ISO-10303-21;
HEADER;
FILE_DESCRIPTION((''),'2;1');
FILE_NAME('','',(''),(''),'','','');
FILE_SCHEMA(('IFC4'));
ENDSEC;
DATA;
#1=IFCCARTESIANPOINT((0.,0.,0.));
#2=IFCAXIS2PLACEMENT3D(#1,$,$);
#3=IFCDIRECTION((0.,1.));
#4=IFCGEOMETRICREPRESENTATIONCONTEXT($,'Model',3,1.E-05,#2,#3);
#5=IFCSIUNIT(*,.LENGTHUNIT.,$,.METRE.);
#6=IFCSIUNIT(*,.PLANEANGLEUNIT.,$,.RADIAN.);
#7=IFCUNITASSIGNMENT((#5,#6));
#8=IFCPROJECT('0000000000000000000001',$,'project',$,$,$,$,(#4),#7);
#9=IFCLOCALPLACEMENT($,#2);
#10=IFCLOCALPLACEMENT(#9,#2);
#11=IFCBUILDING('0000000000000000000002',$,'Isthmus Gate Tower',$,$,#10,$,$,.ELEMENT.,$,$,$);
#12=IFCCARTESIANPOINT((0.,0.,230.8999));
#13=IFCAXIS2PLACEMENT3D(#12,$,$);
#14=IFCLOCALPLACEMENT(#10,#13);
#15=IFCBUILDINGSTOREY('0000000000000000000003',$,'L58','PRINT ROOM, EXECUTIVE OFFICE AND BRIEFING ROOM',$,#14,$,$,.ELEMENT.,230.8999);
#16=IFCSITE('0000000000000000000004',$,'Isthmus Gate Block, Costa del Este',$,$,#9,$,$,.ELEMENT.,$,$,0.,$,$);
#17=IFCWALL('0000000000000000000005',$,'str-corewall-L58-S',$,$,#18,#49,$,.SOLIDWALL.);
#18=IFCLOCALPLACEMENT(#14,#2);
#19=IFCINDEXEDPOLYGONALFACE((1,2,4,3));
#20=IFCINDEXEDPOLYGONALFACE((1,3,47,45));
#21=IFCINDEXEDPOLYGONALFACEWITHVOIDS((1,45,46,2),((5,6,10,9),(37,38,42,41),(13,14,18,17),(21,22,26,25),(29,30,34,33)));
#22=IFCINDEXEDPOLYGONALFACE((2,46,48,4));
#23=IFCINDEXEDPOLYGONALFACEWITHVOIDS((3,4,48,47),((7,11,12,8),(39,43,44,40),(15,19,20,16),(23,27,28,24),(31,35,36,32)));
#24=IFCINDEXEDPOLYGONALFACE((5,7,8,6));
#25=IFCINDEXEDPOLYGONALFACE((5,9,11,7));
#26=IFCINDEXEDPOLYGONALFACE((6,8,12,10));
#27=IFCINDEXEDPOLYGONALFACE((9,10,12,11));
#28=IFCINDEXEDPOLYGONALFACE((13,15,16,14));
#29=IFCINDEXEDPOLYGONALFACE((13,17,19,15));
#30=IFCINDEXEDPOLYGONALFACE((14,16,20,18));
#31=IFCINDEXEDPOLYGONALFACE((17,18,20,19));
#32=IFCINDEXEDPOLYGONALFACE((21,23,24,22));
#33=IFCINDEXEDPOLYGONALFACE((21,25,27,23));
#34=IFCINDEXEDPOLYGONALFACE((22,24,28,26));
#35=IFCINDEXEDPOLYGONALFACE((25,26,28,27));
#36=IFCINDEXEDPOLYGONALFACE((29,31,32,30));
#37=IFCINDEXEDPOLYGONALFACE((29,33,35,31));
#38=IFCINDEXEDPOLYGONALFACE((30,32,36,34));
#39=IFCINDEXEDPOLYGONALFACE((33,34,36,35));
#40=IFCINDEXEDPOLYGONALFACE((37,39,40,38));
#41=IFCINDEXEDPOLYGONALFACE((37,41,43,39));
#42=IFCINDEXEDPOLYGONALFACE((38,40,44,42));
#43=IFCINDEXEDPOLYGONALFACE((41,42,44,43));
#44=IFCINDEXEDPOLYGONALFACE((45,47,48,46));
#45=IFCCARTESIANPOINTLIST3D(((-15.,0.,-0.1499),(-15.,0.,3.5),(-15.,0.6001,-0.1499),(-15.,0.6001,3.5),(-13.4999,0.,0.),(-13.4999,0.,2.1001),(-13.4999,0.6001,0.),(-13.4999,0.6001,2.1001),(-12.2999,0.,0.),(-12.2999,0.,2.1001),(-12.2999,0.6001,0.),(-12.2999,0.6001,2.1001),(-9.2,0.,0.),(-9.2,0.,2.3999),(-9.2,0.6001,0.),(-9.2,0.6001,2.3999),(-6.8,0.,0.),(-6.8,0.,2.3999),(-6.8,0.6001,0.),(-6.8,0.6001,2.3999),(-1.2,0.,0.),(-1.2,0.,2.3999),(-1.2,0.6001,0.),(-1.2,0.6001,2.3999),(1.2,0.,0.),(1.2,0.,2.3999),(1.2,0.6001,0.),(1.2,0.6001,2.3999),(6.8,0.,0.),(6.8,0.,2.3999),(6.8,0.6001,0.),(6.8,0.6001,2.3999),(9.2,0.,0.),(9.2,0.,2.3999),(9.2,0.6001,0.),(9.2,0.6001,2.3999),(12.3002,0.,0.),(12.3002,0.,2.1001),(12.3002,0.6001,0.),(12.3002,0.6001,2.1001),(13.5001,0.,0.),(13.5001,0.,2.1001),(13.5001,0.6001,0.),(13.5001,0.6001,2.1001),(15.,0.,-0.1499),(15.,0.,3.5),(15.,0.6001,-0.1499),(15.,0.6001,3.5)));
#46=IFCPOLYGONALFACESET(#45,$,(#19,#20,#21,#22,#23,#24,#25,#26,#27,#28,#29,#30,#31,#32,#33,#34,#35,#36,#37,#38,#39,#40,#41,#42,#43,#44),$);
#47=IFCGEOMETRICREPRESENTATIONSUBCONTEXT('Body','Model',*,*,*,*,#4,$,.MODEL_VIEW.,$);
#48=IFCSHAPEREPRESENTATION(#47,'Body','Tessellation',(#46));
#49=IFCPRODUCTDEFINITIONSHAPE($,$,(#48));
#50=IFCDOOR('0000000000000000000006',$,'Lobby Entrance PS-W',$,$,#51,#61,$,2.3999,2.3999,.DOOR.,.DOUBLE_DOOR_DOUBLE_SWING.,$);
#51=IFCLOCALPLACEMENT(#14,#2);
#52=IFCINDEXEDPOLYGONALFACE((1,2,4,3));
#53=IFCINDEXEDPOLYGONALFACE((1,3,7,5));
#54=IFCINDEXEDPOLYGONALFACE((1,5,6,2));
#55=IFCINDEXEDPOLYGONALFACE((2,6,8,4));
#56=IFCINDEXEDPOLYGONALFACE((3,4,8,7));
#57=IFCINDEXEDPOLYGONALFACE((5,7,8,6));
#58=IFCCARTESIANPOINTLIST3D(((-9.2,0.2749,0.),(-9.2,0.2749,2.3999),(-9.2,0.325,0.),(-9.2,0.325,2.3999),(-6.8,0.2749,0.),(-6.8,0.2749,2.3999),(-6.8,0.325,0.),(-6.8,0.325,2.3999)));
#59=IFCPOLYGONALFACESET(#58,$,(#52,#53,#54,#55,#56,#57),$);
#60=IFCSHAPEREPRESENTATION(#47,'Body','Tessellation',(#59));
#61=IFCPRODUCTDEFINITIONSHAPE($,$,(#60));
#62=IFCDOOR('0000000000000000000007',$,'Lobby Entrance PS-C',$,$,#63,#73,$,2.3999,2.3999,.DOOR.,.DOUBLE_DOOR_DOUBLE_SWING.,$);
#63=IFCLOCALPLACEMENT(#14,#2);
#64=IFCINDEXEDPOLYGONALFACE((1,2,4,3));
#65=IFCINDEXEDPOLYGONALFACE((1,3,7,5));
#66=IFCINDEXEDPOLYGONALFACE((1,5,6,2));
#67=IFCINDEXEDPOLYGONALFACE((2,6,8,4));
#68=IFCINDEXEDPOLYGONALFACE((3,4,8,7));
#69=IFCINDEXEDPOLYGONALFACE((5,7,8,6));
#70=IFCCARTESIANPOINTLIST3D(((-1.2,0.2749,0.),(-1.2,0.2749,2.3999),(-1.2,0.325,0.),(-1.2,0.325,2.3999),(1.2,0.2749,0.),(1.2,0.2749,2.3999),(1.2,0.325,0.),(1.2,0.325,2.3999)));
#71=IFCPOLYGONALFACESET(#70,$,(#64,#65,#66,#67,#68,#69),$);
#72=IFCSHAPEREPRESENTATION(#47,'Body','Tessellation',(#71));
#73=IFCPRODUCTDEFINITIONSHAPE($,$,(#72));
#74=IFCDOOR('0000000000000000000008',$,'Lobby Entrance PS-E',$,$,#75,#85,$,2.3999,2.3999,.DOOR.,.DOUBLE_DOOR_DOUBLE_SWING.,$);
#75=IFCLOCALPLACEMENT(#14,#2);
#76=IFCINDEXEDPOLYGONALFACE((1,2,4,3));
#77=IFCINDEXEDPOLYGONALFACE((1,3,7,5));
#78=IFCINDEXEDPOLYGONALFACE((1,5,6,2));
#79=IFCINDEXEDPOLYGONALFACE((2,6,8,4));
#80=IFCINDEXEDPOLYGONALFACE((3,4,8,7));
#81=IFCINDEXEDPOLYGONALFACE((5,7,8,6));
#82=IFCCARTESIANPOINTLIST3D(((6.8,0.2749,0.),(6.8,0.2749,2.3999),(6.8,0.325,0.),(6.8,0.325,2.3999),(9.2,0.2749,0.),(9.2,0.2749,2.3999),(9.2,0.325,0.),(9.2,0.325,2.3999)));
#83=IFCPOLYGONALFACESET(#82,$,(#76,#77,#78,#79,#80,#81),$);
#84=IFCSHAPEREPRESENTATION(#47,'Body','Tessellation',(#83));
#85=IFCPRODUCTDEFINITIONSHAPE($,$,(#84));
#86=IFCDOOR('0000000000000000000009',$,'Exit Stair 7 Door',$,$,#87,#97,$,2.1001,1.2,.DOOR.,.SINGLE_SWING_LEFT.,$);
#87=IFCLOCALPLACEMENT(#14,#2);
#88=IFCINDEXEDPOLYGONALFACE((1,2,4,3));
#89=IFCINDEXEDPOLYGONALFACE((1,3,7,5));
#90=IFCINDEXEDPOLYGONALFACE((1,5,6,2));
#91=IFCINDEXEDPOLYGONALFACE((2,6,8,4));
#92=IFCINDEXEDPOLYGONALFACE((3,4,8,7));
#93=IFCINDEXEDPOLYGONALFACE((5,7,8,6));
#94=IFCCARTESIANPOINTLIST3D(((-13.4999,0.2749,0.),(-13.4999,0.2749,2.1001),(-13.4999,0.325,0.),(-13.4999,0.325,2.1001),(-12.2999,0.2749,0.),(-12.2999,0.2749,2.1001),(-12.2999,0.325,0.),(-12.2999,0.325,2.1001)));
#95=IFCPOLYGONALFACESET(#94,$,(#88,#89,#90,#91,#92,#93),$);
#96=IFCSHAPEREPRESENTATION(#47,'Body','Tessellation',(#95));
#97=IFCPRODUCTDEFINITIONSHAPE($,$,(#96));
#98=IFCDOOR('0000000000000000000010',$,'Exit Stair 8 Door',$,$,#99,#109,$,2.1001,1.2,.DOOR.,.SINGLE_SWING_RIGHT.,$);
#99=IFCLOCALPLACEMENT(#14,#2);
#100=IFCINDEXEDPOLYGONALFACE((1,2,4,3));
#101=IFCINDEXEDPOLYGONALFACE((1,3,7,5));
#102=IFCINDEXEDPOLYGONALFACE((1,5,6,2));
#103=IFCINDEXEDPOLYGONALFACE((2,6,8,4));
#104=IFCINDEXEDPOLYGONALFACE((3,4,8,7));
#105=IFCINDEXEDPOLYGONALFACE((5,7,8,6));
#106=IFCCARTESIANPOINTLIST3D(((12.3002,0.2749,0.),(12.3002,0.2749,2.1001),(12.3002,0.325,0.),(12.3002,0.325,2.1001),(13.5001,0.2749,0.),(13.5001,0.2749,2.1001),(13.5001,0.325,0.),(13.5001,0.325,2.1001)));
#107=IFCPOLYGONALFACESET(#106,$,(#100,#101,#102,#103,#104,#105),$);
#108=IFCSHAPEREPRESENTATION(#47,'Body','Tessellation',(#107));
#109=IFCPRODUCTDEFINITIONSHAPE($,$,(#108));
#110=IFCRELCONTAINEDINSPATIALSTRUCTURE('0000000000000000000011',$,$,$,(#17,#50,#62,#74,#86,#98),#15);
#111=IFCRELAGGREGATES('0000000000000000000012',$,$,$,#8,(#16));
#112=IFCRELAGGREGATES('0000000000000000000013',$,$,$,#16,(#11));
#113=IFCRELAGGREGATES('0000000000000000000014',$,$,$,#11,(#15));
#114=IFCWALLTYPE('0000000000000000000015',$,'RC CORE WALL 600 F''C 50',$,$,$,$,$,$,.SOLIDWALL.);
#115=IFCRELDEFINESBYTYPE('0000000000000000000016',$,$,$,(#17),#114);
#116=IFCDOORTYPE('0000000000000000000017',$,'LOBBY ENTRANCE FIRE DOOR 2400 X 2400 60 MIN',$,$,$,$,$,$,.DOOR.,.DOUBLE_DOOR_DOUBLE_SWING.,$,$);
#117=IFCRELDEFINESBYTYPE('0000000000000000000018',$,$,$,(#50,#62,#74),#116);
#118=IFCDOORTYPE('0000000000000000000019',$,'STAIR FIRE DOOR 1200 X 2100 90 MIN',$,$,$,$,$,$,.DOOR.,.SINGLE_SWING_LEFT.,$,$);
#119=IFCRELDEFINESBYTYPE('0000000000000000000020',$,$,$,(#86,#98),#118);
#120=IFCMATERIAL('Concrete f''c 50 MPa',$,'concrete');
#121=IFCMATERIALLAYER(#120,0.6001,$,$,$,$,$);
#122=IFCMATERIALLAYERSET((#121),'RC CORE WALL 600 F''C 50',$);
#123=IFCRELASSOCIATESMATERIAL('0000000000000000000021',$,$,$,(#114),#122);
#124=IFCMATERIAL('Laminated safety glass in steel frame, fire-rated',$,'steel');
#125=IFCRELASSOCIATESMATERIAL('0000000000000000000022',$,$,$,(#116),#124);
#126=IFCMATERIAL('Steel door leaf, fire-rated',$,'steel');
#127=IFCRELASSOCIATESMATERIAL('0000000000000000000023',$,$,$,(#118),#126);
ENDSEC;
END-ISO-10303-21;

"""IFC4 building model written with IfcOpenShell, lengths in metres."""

from ifc_helpers import new_model, si_unit, direction, frame, frame_2d, origin, place, context, subcontext, project, spatial, rectangle, extrude, material, layer, layer_set, type_object, element, fill, save


model = new_model("IFC4")

# Units and contexts
model_context = context("Model", 3, precision=1e-05, world=origin(), true_north=direction((0.0, 1.0)))
body_context = subcontext(model_context, "Body", "Model", "MODEL_VIEW")
ifc_project = project(units=[si_unit("LENGTHUNIT", "METRE"), si_unit("PLANEANGLEUNIT", "RADIAN")], contexts=[model_context])

# Site, building, storey
site_placement = place(None, origin())
site = spatial("IfcSite", under=ifc_project, at=site_placement, Name="Isthmus Gate Block, Costa del Este", CompositionType="ELEMENT", RefElevation=0.0)
building_placement = place(site_placement, origin())
building = spatial("IfcBuilding", under=site, at=building_placement, Name="Isthmus Gate Tower", CompositionType="ELEMENT")
storey_placement = place(building_placement, frame((0.0, 0.0, 230.8999)))
storey = spatial("IfcBuildingStorey", under=building, at=storey_placement, Name="L58", Description="PRINT ROOM, EXECUTIVE OFFICE AND BRIEFING ROOM", CompositionType="ELEMENT", Elevation=230.8999)

# Wall, openings, doors
ifc_material_1 = material(Name="Concrete f'c 50 MPa", Category="concrete")
ifc_layer_1 = layer(ifc_material_1, 0.6001)
ifc_layer_set_1 = layer_set([ifc_layer_1], Name="RC CORE WALL 600 F'C 50")
wall_type_1 = type_object("IfcWallType", Name="RC CORE WALL 600 F'C 50", PredefinedType="SOLIDWALL", material=ifc_layer_set_1)
wall_1_placement = place(storey_placement, frame((-15.0, 0.3, -0.1499), z_axis=(0.0, 0.0, 1.0), x_axis=(1.0, 0.0, 0.0)))
wall_1 = element("IfcWall", 1, at=wall_1_placement, inside=storey, type_object=wall_type_1, Name="str-corewall-L58-S", PredefinedType="SOLIDWALL", context=body_context, shape_type="SweptSolid", body=[
    extrude(rectangle(XDim=30.0, YDim=0.6001, at=frame_2d((15.0, 0.0))), origin(), (0.0, 0.0, 1.0), 3.6499),
])
opening_1_placement = place(wall_1_placement, frame((5.8, 0.0, 0.1499)))
opening_1 = element("IfcOpeningElement", 2, at=opening_1_placement, cuts=wall_1, PredefinedType="OPENING", context=body_context, shape_type="SweptSolid", body=[
    extrude(rectangle(XDim=2.3999, YDim=2.3999, at=frame_2d((1.2, 1.2))), frame((0.0, 0.3101, 0.0), z_axis=(0.0, -1.0, 0.0), x_axis=(1.0, 0.0, 0.0)), (0.0, 0.0, 1.0), 0.6201),
])
opening_2_placement = place(wall_1_placement, frame((13.8, 0.0, 0.1499)))
opening_2 = element("IfcOpeningElement", 3, at=opening_2_placement, cuts=wall_1, PredefinedType="OPENING", context=body_context, shape_type="SweptSolid", body=[
    extrude(rectangle(XDim=2.3999, YDim=2.3999, at=frame_2d((1.2, 1.2))), frame((0.0, 0.3101, 0.0), z_axis=(0.0, -1.0, 0.0), x_axis=(1.0, 0.0, 0.0)), (0.0, 0.0, 1.0), 0.6201),
])
opening_3_placement = place(wall_1_placement, frame((21.8, 0.0, 0.1499)))
opening_3 = element("IfcOpeningElement", 4, at=opening_3_placement, cuts=wall_1, PredefinedType="OPENING", context=body_context, shape_type="SweptSolid", body=[
    extrude(rectangle(XDim=2.3999, YDim=2.3999, at=frame_2d((1.2, 1.2))), frame((0.0, 0.3101, 0.0), z_axis=(0.0, -1.0, 0.0), x_axis=(1.0, 0.0, 0.0)), (0.0, 0.0, 1.0), 0.6201),
])
opening_4_placement = place(wall_1_placement, frame((1.5, 0.0, 0.1499)))
opening_4 = element("IfcOpeningElement", 5, at=opening_4_placement, cuts=wall_1, PredefinedType="OPENING", context=body_context, shape_type="SweptSolid", body=[
    extrude(rectangle(XDim=1.2, YDim=2.1001, at=frame_2d((0.6001, 1.05))), frame((0.0, 0.3101, 0.0), z_axis=(0.0, -1.0, 0.0), x_axis=(1.0, 0.0, 0.0)), (0.0, 0.0, 1.0), 0.6201),
])
opening_5_placement = place(wall_1_placement, frame((27.3, 0.0, 0.1499)))
opening_5 = element("IfcOpeningElement", 6, at=opening_5_placement, cuts=wall_1, PredefinedType="OPENING", context=body_context, shape_type="SweptSolid", body=[
    extrude(rectangle(XDim=1.2, YDim=2.1001, at=frame_2d((0.6001, 1.05))), frame((0.0, 0.3101, 0.0), z_axis=(0.0, -1.0, 0.0), x_axis=(1.0, 0.0, 0.0)), (0.0, 0.0, 1.0), 0.6201),
])
ifc_material_2 = material(Name="Laminated safety glass in steel frame, fire-rated", Category="steel")
door_type_1 = type_object("IfcDoorType", Name="LOBBY ENTRANCE FIRE DOOR 2400 X 2400 60 MIN", OperationType="DOUBLE_DOOR_DOUBLE_SWING", PredefinedType="DOOR", material=ifc_material_2)
door_1_placement = place(opening_1_placement, origin())
door_1 = element("IfcDoor", 7, at=door_1_placement, inside=storey, type_object=door_type_1, Name="Lobby Entrance PS-W", OperationType="DOUBLE_DOOR_DOUBLE_SWING", OverallHeight=2.3999, OverallWidth=2.3999, PredefinedType="DOOR", context=body_context, shape_type="SweptSolid", body=[
    extrude(rectangle(XDim=2.3999, YDim=2.3999, at=frame_2d((1.2, 1.2))), frame((0.0, 0.0249, 0.0), z_axis=(0.0, -1.0, 0.0), x_axis=(1.0, 0.0, 0.0)), (0.0, 0.0, 1.0), 0.05),
])
fill(opening_1, door_1)
door_2_placement = place(opening_2_placement, origin())
door_2 = element("IfcDoor", 8, at=door_2_placement, inside=storey, type_object=door_type_1, Name="Lobby Entrance PS-C", OperationType="DOUBLE_DOOR_DOUBLE_SWING", OverallHeight=2.3999, OverallWidth=2.3999, PredefinedType="DOOR", context=body_context, shape_type="SweptSolid", body=[
    extrude(rectangle(XDim=2.3999, YDim=2.3999, at=frame_2d((1.2, 1.2))), frame((0.0, 0.0249, 0.0), z_axis=(0.0, -1.0, 0.0), x_axis=(1.0, 0.0, 0.0)), (0.0, 0.0, 1.0), 0.05),
])
fill(opening_2, door_2)
door_3_placement = place(opening_3_placement, origin())
door_3 = element("IfcDoor", 9, at=door_3_placement, inside=storey, type_object=door_type_1, Name="Lobby Entrance PS-E", OperationType="DOUBLE_DOOR_DOUBLE_SWING", OverallHeight=2.3999, OverallWidth=2.3999, PredefinedType="DOOR", context=body_context, shape_type="SweptSolid", body=[
    extrude(rectangle(XDim=2.3999, YDim=2.3999, at=frame_2d((1.2, 1.2))), frame((0.0, 0.0249, 0.0), z_axis=(0.0, -1.0, 0.0), x_axis=(1.0, 0.0, 0.0)), (0.0, 0.0, 1.0), 0.05),
])
fill(opening_3, door_3)
ifc_material_3 = material(Name="Steel door leaf, fire-rated", Category="steel")
door_type_2 = type_object("IfcDoorType", Name="STAIR FIRE DOOR 1200 X 2100 90 MIN", OperationType="SINGLE_SWING_LEFT", PredefinedType="DOOR", material=ifc_material_3)
door_4_placement = place(opening_4_placement, origin())
door_4 = element("IfcDoor", 10, at=door_4_placement, inside=storey, type_object=door_type_2, Name="Exit Stair 7 Door", OperationType="SINGLE_SWING_LEFT", OverallHeight=2.1001, OverallWidth=1.2, PredefinedType="DOOR", context=body_context, shape_type="SweptSolid", body=[
    extrude(rectangle(XDim=1.2, YDim=2.1001, at=frame_2d((0.6001, 1.05))), frame((0.0, 0.0249, 0.0), z_axis=(0.0, -1.0, 0.0), x_axis=(1.0, 0.0, 0.0)), (0.0, 0.0, 1.0), 0.05),
])
fill(opening_4, door_4)
door_5_placement = place(opening_5_placement, origin())
door_5 = element("IfcDoor", 11, at=door_5_placement, inside=storey, type_object=door_type_2, Name="Exit Stair 8 Door", OperationType="SINGLE_SWING_RIGHT", OverallHeight=2.1001, OverallWidth=1.2, PredefinedType="DOOR", context=body_context, shape_type="SweptSolid", body=[
    extrude(rectangle(XDim=1.2, YDim=2.1001, at=frame_2d((0.6001, 1.05))), frame((0.0, 0.0249, 0.0), z_axis=(0.0, -1.0, 0.0), x_axis=(1.0, 0.0, 0.0)), (0.0, 0.0, 1.0), 0.05),
])
fill(opening_5, door_5)

save(model, "model.ifc")
